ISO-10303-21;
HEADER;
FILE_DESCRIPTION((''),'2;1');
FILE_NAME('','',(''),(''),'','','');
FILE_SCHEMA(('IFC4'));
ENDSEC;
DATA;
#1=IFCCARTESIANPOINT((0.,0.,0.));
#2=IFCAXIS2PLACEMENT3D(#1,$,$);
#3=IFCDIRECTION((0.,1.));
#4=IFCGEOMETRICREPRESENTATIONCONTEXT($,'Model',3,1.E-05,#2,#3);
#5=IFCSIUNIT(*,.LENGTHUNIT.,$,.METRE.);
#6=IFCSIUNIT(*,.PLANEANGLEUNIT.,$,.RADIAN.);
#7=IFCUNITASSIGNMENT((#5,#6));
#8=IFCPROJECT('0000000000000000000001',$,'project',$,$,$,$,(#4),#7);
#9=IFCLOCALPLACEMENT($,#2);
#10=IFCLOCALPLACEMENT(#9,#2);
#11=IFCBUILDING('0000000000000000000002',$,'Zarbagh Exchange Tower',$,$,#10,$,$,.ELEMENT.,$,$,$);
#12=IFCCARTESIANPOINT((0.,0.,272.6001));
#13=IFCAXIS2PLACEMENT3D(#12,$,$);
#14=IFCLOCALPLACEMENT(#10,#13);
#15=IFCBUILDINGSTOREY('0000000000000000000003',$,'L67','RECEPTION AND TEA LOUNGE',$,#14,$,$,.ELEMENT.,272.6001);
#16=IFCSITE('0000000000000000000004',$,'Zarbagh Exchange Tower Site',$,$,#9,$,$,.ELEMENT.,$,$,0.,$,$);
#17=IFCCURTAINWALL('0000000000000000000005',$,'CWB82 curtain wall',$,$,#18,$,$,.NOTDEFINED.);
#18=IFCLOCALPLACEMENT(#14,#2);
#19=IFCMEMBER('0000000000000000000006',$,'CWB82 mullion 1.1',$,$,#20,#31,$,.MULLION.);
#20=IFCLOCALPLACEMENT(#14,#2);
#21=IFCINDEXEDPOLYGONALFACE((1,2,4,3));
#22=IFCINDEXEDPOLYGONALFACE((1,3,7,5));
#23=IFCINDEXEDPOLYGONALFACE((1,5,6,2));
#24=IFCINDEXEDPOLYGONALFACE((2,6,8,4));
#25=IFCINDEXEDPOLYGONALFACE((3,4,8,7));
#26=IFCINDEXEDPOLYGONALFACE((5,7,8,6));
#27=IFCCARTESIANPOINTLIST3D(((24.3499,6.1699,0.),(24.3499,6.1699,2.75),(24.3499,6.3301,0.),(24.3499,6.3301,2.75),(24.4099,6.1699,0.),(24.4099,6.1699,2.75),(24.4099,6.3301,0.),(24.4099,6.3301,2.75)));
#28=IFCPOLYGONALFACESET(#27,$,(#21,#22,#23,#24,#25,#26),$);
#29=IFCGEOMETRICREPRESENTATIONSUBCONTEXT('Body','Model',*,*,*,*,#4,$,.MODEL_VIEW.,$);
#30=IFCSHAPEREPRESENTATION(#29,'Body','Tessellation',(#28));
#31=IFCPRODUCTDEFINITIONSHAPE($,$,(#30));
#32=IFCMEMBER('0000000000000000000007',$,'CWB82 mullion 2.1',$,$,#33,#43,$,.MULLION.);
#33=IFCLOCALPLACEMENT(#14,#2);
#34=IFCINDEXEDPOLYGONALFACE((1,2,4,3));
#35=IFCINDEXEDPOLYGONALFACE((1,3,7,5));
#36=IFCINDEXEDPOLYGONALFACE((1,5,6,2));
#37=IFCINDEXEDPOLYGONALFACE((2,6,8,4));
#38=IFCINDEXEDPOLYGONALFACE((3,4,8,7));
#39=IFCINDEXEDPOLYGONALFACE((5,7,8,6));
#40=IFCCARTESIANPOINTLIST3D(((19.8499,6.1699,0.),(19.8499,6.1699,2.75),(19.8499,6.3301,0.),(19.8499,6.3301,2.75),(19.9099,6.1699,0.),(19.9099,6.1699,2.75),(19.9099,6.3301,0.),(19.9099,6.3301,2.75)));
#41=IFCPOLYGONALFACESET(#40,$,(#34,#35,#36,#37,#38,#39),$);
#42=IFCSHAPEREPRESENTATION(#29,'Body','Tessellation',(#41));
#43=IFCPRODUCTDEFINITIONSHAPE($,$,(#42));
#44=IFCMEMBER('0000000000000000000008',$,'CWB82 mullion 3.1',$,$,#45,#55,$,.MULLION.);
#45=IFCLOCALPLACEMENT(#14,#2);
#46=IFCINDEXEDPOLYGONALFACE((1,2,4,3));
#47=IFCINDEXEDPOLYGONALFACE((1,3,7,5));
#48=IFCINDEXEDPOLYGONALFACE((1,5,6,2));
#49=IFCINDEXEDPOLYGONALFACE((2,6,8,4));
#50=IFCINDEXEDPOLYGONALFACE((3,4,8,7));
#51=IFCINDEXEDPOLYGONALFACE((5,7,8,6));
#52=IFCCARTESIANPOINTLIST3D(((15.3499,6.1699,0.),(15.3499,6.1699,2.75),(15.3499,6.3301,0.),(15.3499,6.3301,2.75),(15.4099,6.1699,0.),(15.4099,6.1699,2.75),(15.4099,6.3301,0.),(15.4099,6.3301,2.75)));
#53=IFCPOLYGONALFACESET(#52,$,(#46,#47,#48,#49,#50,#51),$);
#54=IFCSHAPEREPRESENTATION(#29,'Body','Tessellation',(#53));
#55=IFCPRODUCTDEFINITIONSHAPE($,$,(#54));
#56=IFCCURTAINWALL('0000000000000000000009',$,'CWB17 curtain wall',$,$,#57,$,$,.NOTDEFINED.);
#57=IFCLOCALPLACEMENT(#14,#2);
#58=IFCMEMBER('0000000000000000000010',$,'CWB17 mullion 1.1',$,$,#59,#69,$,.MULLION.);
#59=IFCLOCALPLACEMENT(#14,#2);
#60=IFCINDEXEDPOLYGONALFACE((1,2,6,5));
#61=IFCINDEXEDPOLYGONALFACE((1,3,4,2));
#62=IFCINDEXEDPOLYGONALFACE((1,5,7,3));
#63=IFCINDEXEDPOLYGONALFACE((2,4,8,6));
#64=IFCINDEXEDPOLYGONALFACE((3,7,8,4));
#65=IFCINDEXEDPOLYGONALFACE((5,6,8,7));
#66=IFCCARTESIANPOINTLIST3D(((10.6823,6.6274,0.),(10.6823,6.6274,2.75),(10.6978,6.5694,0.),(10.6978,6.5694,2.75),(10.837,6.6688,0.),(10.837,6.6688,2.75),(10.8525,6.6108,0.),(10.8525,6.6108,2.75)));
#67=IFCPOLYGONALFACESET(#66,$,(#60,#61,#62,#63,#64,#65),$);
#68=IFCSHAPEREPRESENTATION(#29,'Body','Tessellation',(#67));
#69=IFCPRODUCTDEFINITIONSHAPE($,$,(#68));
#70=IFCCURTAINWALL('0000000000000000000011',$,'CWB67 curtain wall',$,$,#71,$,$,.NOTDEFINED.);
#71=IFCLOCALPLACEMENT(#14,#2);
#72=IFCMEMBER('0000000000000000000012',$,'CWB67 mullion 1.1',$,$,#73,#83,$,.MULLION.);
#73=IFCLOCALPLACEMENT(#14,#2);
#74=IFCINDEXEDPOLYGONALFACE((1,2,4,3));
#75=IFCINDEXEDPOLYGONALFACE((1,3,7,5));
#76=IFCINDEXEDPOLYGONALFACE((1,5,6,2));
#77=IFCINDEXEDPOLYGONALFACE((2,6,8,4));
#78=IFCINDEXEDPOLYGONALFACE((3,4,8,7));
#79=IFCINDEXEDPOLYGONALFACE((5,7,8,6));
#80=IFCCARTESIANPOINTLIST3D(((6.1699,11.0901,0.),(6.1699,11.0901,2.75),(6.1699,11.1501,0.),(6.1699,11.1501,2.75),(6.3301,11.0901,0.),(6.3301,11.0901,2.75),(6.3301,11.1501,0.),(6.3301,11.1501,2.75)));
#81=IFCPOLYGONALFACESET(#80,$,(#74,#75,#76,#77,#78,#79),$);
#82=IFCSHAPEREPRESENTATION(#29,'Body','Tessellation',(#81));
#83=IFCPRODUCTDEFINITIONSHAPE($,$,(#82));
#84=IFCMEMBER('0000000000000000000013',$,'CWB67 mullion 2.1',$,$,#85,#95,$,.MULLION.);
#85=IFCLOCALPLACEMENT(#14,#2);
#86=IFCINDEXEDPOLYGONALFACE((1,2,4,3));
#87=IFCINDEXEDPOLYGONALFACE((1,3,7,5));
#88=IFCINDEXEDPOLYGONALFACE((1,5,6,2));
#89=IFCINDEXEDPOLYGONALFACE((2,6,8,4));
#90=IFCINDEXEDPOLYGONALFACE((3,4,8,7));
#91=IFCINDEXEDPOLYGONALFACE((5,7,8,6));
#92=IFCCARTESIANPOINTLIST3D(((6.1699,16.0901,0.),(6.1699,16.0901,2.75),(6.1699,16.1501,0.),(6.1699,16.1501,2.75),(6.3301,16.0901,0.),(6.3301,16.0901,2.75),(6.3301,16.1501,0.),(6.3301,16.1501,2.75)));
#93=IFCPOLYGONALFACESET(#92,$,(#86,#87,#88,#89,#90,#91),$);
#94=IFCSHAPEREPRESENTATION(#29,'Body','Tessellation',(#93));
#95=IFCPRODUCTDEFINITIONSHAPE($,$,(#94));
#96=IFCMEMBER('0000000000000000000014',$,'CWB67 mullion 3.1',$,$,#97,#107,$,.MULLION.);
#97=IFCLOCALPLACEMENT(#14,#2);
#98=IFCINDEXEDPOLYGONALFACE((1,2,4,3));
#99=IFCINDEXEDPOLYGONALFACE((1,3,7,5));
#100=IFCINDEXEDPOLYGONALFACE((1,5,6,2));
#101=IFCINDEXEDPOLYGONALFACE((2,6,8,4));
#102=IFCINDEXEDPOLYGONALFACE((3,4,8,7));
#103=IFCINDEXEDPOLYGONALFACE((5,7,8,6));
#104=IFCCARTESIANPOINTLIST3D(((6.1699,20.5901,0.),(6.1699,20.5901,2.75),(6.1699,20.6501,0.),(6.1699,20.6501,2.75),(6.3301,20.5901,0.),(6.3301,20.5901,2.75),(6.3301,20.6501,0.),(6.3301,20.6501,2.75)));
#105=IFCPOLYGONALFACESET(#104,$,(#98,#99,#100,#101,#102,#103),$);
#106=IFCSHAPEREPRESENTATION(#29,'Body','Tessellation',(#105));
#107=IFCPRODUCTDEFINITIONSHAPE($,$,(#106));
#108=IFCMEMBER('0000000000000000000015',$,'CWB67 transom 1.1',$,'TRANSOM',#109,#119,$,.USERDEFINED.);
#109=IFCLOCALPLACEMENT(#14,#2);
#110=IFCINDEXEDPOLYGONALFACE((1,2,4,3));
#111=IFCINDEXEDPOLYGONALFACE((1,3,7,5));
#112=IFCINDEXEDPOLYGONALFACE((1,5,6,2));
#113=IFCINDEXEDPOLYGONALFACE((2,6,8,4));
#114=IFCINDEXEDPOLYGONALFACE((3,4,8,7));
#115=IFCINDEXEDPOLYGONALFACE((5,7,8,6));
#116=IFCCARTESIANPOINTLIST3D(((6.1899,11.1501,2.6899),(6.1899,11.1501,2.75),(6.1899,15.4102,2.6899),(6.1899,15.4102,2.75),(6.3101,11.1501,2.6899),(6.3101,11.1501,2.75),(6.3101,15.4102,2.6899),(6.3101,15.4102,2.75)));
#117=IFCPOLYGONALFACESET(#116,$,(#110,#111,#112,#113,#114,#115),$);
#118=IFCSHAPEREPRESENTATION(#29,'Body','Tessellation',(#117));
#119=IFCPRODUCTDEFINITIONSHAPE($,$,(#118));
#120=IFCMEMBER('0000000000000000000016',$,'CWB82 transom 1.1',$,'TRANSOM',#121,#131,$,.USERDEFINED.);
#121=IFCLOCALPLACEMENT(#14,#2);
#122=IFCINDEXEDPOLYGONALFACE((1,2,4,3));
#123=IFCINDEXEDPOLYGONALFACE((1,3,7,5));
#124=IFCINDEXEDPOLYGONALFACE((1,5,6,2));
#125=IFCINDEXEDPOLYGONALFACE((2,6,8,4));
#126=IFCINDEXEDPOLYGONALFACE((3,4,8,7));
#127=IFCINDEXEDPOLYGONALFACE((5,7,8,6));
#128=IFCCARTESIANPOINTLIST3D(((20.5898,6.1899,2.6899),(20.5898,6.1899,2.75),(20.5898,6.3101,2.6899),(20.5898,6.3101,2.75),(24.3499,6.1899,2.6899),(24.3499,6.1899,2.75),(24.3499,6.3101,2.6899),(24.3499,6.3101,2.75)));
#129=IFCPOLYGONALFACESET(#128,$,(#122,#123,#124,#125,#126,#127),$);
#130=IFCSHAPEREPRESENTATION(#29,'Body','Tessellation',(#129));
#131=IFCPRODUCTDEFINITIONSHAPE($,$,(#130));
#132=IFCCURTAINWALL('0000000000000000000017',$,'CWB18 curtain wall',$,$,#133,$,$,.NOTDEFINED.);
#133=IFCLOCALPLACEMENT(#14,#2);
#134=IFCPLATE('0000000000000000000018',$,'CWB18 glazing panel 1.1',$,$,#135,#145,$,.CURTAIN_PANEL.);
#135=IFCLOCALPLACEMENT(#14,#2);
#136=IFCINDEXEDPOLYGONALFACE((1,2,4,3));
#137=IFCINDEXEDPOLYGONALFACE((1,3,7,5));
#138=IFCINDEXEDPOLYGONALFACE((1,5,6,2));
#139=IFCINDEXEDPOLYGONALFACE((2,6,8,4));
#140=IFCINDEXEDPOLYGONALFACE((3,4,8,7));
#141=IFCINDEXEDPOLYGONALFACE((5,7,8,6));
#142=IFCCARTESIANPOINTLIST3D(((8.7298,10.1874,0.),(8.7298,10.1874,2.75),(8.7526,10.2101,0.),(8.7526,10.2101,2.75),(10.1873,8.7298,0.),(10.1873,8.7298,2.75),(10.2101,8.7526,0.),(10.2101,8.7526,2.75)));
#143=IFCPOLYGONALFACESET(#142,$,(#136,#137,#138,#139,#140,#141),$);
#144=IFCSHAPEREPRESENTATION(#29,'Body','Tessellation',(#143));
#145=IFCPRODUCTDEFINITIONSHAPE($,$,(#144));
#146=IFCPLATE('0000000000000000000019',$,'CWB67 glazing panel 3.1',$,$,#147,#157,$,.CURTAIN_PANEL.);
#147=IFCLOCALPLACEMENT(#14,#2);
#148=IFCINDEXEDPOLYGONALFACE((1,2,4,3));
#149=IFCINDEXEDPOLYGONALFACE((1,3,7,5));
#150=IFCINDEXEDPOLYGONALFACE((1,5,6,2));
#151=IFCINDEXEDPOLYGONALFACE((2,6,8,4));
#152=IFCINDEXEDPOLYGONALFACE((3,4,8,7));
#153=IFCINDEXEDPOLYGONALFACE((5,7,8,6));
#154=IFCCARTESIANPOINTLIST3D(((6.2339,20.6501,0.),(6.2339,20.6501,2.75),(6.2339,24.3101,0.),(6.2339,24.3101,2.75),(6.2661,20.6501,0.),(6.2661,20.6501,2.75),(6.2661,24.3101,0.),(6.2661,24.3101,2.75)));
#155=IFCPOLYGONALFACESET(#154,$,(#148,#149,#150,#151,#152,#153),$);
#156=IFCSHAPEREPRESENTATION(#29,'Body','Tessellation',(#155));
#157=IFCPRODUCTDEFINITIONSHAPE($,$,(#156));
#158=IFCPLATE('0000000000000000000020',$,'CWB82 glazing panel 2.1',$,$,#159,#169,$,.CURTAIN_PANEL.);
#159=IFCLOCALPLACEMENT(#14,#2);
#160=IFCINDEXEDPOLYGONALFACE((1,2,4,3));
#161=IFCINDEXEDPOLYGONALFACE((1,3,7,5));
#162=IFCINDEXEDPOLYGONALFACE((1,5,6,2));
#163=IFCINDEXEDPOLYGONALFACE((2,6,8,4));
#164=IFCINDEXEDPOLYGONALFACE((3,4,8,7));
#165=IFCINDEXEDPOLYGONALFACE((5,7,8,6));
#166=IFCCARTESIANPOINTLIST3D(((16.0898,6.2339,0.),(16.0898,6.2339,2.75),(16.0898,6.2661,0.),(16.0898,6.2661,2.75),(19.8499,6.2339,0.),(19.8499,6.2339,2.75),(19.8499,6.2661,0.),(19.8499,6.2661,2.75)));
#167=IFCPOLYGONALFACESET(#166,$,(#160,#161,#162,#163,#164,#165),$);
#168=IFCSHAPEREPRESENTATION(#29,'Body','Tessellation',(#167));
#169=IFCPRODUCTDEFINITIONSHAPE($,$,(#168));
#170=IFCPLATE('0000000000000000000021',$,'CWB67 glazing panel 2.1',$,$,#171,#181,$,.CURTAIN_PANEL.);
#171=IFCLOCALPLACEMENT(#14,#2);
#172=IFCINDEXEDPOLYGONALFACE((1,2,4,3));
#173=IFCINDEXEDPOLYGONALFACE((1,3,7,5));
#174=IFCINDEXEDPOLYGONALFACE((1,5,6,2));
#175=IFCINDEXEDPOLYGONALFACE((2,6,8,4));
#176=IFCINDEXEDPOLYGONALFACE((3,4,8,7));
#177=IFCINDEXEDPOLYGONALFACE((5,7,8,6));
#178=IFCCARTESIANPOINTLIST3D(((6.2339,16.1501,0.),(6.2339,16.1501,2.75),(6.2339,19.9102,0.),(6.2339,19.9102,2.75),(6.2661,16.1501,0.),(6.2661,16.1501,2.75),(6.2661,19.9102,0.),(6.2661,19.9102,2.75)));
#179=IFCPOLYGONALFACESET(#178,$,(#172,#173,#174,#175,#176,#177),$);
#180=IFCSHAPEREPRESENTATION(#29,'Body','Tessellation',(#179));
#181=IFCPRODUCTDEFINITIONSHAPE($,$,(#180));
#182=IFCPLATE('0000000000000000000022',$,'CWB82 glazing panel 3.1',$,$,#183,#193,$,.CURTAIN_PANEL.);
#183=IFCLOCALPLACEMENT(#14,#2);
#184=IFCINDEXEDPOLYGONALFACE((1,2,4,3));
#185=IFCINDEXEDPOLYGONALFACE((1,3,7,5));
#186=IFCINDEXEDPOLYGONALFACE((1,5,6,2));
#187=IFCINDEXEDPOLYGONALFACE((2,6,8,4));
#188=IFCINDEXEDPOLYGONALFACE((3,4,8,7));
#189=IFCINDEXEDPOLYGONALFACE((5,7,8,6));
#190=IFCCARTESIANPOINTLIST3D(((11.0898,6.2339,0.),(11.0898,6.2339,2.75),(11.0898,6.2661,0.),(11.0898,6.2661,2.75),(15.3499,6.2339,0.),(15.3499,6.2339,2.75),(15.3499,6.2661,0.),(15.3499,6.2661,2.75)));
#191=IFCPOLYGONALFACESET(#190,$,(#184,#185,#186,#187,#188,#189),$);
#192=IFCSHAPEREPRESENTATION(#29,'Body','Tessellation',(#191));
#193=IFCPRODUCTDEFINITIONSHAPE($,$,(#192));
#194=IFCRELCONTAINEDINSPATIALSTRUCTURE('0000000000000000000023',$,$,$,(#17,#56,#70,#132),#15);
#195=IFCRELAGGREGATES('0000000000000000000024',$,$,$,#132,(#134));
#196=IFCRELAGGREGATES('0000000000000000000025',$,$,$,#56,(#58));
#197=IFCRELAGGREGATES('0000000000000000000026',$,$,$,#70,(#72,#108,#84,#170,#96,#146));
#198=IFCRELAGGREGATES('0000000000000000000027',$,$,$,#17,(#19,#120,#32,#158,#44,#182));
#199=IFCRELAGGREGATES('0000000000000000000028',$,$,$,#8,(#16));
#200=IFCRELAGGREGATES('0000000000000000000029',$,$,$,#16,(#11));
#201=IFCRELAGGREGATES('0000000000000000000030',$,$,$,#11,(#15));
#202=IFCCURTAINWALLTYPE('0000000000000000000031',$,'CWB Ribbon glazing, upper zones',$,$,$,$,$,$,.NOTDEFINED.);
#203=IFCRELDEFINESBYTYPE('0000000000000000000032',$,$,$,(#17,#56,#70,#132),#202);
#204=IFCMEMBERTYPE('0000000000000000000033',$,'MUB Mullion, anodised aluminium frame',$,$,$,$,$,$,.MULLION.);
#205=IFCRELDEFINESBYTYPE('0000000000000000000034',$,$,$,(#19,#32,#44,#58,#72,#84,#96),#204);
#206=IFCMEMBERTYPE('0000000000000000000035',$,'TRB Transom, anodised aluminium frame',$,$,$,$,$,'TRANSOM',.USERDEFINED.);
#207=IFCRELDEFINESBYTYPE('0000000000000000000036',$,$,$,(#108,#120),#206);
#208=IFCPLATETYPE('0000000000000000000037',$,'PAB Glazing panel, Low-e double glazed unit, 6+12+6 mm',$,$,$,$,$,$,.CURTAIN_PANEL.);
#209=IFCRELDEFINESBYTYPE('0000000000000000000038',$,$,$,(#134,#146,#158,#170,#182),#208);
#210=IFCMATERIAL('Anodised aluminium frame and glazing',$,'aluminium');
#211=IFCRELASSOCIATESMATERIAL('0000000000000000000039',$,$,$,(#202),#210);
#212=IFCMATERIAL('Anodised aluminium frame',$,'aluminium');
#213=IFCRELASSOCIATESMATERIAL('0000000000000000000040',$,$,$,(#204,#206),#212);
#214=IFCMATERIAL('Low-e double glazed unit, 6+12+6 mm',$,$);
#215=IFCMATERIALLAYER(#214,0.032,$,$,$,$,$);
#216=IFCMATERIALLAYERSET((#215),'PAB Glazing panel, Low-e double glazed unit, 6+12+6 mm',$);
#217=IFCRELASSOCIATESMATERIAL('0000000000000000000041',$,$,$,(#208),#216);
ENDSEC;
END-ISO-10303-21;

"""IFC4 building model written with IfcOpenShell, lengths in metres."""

from ifc_helpers import new_model, si_unit, direction, frame, origin, place, context, subcontext, project, spatial, polyline, outline, extrude, source, transform, mapped, material, layer, layer_set, type_object, element, aggregate, save


model = new_model("IFC4")

# Units and contexts
model_context = context("Model", 3, precision=1e-05, world=origin(), true_north=direction((0.0, 1.0)))
body_context = subcontext(model_context, "Body", "Model", "MODEL_VIEW")
ifc_project = project(units=[si_unit("LENGTHUNIT", "METRE"), si_unit("PLANEANGLEUNIT", "RADIAN")], contexts=[model_context])

# Site, building, storey
site_placement = place(None, origin())
site = spatial("IfcSite", under=ifc_project, at=site_placement, Name="Zarbagh Exchange Tower Site", CompositionType="ELEMENT", RefElevation=0.0)
building_placement = place(site_placement, origin())
building = spatial("IfcBuilding", under=site, at=building_placement, Name="Zarbagh Exchange Tower", CompositionType="ELEMENT")
storey_placement = place(building_placement, frame((0.0, 0.0, 272.6001)))
storey = spatial("IfcBuildingStorey", under=building, at=storey_placement, Name="L67", Description="RECEPTION AND TEA LOUNGE", CompositionType="ELEMENT", Elevation=272.6001)

# Curtain wall, members
ifc_material_1 = material(Name="Anodised aluminium frame and glazing", Category="aluminium")
curtain_wall_type = type_object("IfcCurtainWallType", Name="CWB Ribbon glazing, upper zones", PredefinedType="NOTDEFINED", material=ifc_material_1)
curtain_wall_1_placement = place(storey_placement, origin())
curtain_wall_1 = element("IfcCurtainWall", 1, at=curtain_wall_1_placement, inside=storey, type_object=curtain_wall_type, Name="CWB82 curtain wall", PredefinedType="NOTDEFINED")
ifc_material_2 = material(Name="Anodised aluminium frame", Category="aluminium")
member_type_1 = type_object("IfcMemberType", Name="MUB Mullion, anodised aluminium frame", PredefinedType="MULLION", material=ifc_material_2)
shared_shape_1 = source(origin(), body_context, "Body", "SweptSolid", [
    extrude(outline(polyline([(0.0, -0.0801), (0.0601, -0.0801), (0.0601, 0.0801), (0.0, 0.0801), (0.0, -0.0801)])), origin(), (0.0, 0.0, 1.0), 2.75),
])
placement = place(storey_placement, origin())
member_1 = element("IfcMember", 2, at=placement, type_object=member_type_1, Name="CWB82 mullion 1.1", PredefinedType="MULLION", context=body_context, shape_type="MappedRepresentation", body=[
    mapped(shared_shape_1, transform((24.4099, 6.25, 0.0), x_axis=(-1.0, 0.0, 0.0), y_axis=(0.0, -1.0, 0.0), z_axis=(0.0, 0.0, 1.0))),
])
member_2 = element("IfcMember", 3, at=placement, type_object=member_type_1, Name="CWB82 mullion 2.1", PredefinedType="MULLION", context=body_context, shape_type="MappedRepresentation", body=[
    mapped(shared_shape_1, transform((19.9099, 6.25, 0.0), x_axis=(-1.0, 0.0, 0.0), y_axis=(0.0, -1.0, 0.0), z_axis=(0.0, 0.0, 1.0))),
])
member_3 = element("IfcMember", 4, at=placement, type_object=member_type_1, Name="CWB82 mullion 3.1", PredefinedType="MULLION", context=body_context, shape_type="MappedRepresentation", body=[
    mapped(shared_shape_1, transform((15.4099, 6.25, 0.0), x_axis=(-1.0, 0.0, 0.0), y_axis=(0.0, -1.0, 0.0), z_axis=(0.0, 0.0, 1.0))),
])

# Curtain wall, member
curtain_wall_2_placement = place(storey_placement, origin())
curtain_wall_2 = element("IfcCurtainWall", 5, at=curtain_wall_2_placement, inside=storey, type_object=curtain_wall_type, Name="CWB17 curtain wall", PredefinedType="NOTDEFINED")
member_4 = element("IfcMember", 6, at=placement, type_object=member_type_1, Name="CWB17 mullion 1.1", PredefinedType="MULLION", context=body_context, shape_type="MappedRepresentation", body=[
    mapped(shared_shape_1, transform((10.7751, 6.5901, 0.0), x_axis=(-0.258825, 0.965924, 0.0), y_axis=(-0.965924, -0.258825, 0.0), z_axis=(0.0, 0.0, 1.0))),
])

# Curtain wall, members
curtain_wall_3_placement = place(storey_placement, origin())
curtain_wall_3 = element("IfcCurtainWall", 7, at=curtain_wall_3_placement, inside=storey, type_object=curtain_wall_type, Name="CWB67 curtain wall", PredefinedType="NOTDEFINED")
member_5 = element("IfcMember", 8, at=placement, type_object=member_type_1, Name="CWB67 mullion 1.1", PredefinedType="MULLION", context=body_context, shape_type="MappedRepresentation", body=[
    mapped(shared_shape_1, transform((6.25, 11.0901, 0.0), x_axis=(0.0, 1.0, 0.0), y_axis=(-1.0, 0.0, 0.0), z_axis=(0.0, 0.0, 1.0))),
])
member_6 = element("IfcMember", 9, at=placement, type_object=member_type_1, Name="CWB67 mullion 2.1", PredefinedType="MULLION", context=body_context, shape_type="MappedRepresentation", body=[
    mapped(shared_shape_1, transform((6.25, 16.0901, 0.0), x_axis=(0.0, 1.0, 0.0), y_axis=(-1.0, 0.0, 0.0), z_axis=(0.0, 0.0, 1.0))),
])
member_7 = element("IfcMember", 10, at=placement, type_object=member_type_1, Name="CWB67 mullion 3.1", PredefinedType="MULLION", context=body_context, shape_type="MappedRepresentation", body=[
    mapped(shared_shape_1, transform((6.25, 20.5901, 0.0), x_axis=(0.0, 1.0, 0.0), y_axis=(-1.0, 0.0, 0.0), z_axis=(0.0, 0.0, 1.0))),
])
member_type_2 = type_object("IfcMemberType", Name="TRB Transom, anodised aluminium frame", ElementType="TRANSOM", PredefinedType="USERDEFINED", material=ifc_material_2)
shared_shape_2 = source(origin(), body_context, "Body", "SweptSolid", [
    extrude(outline(polyline([(-0.0601, -0.0601), (0.0, -0.0601), (0.0, 0.0601), (-0.0601, 0.0601), (-0.0601, -0.0601)])), origin(), (0.0, 0.0, 1.0), 4.26),
])
member_8 = element("IfcMember", 11, at=placement, type_object=member_type_2, Name="CWB67 transom 1.1", ObjectType="TRANSOM", PredefinedType="USERDEFINED", context=body_context, shape_type="MappedRepresentation", body=[
    mapped(shared_shape_2, transform((6.25, 11.1501, 2.75), x_axis=(0.0, 0.0, 1.0), y_axis=(1.0, 0.0, 0.0), z_axis=(0.0, 1.0, 0.0))),
])

# Member
shared_shape_3 = source(origin(), body_context, "Body", "SweptSolid", [
    extrude(outline(polyline([(-0.0601, -0.0601), (0.0, -0.0601), (0.0, 0.0601), (-0.0601, 0.0601), (-0.0601, -0.0601)])), origin(), (0.0, 0.0, 1.0), 3.76),
])
member_9 = element("IfcMember", 12, at=placement, type_object=member_type_2, Name="CWB82 transom 1.1", ObjectType="TRANSOM", PredefinedType="USERDEFINED", context=body_context, shape_type="MappedRepresentation", body=[
    mapped(shared_shape_3, transform((24.3499, 6.25, 2.75), x_axis=(0.0, 0.0, 1.0), y_axis=(0.0, 1.0, 0.0), z_axis=(-1.0, 0.0, 0.0))),
])

# Curtain wall, plate
curtain_wall_4_placement = place(storey_placement, origin())
curtain_wall_4 = element("IfcCurtainWall", 13, at=curtain_wall_4_placement, inside=storey, type_object=curtain_wall_type, Name="CWB18 curtain wall", PredefinedType="NOTDEFINED")
ifc_material_3 = material(Name="Low-e double glazed unit, 6+12+6 mm")
ifc_layer_1 = layer(ifc_material_3, 0.032)
ifc_layer_set_1 = layer_set([ifc_layer_1], Name="PAB Glazing panel, Low-e double glazed unit, 6+12+6 mm")
plate_type = type_object("IfcPlateType", Name="PAB Glazing panel, Low-e double glazed unit, 6+12+6 mm", PredefinedType="CURTAIN_PANEL", material=ifc_layer_set_1)
shared_shape_4 = source(origin(), body_context, "Body", "SweptSolid", [
    extrude(outline(polyline([(0.0, -0.0161), (2.0613, -0.0161), (2.0613, 0.0161), (0.0, 0.0161), (0.0, -0.0161)])), origin(), (0.0, 0.0, 1.0), 2.75),
])
plate_1 = element("IfcPlate", 14, at=placement, type_object=plate_type, Name="CWB18 glazing panel 1.1", PredefinedType="CURTAIN_PANEL", context=body_context, shape_type="MappedRepresentation", body=[
    mapped(shared_shape_4, transform((10.1987, 8.7412, 0.0), x_axis=(-0.707107, 0.707107, 0.0), y_axis=(-0.707107, -0.707107, 0.0), z_axis=(0.0, 0.0, 1.0))),
])
aggregate(curtain_wall_4, [plate_1])

# Plates
shared_shape_5 = source(origin(), body_context, "Body", "SweptSolid", [
    extrude(outline(polyline([(0.0, -0.0161), (3.6599, -0.0161), (3.6599, 0.0161), (0.0, 0.0161), (0.0, -0.0161)])), origin(), (0.0, 0.0, 1.0), 2.75),
])
plate_2 = element("IfcPlate", 15, at=placement, type_object=plate_type, Name="CWB67 glazing panel 3.1", PredefinedType="CURTAIN_PANEL", context=body_context, shape_type="MappedRepresentation", body=[
    mapped(shared_shape_5, transform((6.25, 20.6501, 0.0), x_axis=(0.0, 1.0, 0.0), y_axis=(-1.0, 0.0, 0.0), z_axis=(0.0, 0.0, 1.0))),
])
shared_shape_6 = source(origin(), body_context, "Body", "SweptSolid", [
    extrude(outline(polyline([(0.0, -0.0161), (3.76, -0.0161), (3.76, 0.0161), (0.0, 0.0161), (0.0, -0.0161)])), origin(), (0.0, 0.0, 1.0), 2.75),
])
plate_3 = element("IfcPlate", 16, at=placement, type_object=plate_type, Name="CWB82 glazing panel 2.1", PredefinedType="CURTAIN_PANEL", context=body_context, shape_type="MappedRepresentation", body=[
    mapped(shared_shape_6, transform((19.8499, 6.25, 0.0), x_axis=(-1.0, 0.0, 0.0), y_axis=(0.0, -1.0, 0.0), z_axis=(0.0, 0.0, 1.0))),
])
plate_4 = element("IfcPlate", 17, at=placement, type_object=plate_type, Name="CWB67 glazing panel 2.1", PredefinedType="CURTAIN_PANEL", context=body_context, shape_type="MappedRepresentation", body=[
    mapped(shared_shape_6, transform((6.25, 16.1501, 0.0), x_axis=(0.0, 1.0, 0.0), y_axis=(-1.0, 0.0, 0.0), z_axis=(0.0, 0.0, 1.0))),
])
shared_shape_7 = source(origin(), body_context, "Body", "SweptSolid", [
    extrude(outline(polyline([(0.0, -0.0161), (4.26, -0.0161), (4.26, 0.0161), (0.0, 0.0161), (0.0, -0.0161)])), origin(), (0.0, 0.0, 1.0), 2.75),
])
plate_5 = element("IfcPlate", 18, at=placement, type_object=plate_type, Name="CWB82 glazing panel 3.1", PredefinedType="CURTAIN_PANEL", context=body_context, shape_type="MappedRepresentation", body=[
    mapped(shared_shape_7, transform((15.3499, 6.25, 0.0), x_axis=(-1.0, 0.0, 0.0), y_axis=(0.0, -1.0, 0.0), z_axis=(0.0, 0.0, 1.0))),
])
aggregate(curtain_wall_2, [member_4])

aggregate(curtain_wall_3, [member_5, member_8, member_6, plate_4, member_7, plate_2])
aggregate(curtain_wall_1, [member_1, member_9, member_2, plate_3, member_3, plate_5])

save(model, "model.ifc")
